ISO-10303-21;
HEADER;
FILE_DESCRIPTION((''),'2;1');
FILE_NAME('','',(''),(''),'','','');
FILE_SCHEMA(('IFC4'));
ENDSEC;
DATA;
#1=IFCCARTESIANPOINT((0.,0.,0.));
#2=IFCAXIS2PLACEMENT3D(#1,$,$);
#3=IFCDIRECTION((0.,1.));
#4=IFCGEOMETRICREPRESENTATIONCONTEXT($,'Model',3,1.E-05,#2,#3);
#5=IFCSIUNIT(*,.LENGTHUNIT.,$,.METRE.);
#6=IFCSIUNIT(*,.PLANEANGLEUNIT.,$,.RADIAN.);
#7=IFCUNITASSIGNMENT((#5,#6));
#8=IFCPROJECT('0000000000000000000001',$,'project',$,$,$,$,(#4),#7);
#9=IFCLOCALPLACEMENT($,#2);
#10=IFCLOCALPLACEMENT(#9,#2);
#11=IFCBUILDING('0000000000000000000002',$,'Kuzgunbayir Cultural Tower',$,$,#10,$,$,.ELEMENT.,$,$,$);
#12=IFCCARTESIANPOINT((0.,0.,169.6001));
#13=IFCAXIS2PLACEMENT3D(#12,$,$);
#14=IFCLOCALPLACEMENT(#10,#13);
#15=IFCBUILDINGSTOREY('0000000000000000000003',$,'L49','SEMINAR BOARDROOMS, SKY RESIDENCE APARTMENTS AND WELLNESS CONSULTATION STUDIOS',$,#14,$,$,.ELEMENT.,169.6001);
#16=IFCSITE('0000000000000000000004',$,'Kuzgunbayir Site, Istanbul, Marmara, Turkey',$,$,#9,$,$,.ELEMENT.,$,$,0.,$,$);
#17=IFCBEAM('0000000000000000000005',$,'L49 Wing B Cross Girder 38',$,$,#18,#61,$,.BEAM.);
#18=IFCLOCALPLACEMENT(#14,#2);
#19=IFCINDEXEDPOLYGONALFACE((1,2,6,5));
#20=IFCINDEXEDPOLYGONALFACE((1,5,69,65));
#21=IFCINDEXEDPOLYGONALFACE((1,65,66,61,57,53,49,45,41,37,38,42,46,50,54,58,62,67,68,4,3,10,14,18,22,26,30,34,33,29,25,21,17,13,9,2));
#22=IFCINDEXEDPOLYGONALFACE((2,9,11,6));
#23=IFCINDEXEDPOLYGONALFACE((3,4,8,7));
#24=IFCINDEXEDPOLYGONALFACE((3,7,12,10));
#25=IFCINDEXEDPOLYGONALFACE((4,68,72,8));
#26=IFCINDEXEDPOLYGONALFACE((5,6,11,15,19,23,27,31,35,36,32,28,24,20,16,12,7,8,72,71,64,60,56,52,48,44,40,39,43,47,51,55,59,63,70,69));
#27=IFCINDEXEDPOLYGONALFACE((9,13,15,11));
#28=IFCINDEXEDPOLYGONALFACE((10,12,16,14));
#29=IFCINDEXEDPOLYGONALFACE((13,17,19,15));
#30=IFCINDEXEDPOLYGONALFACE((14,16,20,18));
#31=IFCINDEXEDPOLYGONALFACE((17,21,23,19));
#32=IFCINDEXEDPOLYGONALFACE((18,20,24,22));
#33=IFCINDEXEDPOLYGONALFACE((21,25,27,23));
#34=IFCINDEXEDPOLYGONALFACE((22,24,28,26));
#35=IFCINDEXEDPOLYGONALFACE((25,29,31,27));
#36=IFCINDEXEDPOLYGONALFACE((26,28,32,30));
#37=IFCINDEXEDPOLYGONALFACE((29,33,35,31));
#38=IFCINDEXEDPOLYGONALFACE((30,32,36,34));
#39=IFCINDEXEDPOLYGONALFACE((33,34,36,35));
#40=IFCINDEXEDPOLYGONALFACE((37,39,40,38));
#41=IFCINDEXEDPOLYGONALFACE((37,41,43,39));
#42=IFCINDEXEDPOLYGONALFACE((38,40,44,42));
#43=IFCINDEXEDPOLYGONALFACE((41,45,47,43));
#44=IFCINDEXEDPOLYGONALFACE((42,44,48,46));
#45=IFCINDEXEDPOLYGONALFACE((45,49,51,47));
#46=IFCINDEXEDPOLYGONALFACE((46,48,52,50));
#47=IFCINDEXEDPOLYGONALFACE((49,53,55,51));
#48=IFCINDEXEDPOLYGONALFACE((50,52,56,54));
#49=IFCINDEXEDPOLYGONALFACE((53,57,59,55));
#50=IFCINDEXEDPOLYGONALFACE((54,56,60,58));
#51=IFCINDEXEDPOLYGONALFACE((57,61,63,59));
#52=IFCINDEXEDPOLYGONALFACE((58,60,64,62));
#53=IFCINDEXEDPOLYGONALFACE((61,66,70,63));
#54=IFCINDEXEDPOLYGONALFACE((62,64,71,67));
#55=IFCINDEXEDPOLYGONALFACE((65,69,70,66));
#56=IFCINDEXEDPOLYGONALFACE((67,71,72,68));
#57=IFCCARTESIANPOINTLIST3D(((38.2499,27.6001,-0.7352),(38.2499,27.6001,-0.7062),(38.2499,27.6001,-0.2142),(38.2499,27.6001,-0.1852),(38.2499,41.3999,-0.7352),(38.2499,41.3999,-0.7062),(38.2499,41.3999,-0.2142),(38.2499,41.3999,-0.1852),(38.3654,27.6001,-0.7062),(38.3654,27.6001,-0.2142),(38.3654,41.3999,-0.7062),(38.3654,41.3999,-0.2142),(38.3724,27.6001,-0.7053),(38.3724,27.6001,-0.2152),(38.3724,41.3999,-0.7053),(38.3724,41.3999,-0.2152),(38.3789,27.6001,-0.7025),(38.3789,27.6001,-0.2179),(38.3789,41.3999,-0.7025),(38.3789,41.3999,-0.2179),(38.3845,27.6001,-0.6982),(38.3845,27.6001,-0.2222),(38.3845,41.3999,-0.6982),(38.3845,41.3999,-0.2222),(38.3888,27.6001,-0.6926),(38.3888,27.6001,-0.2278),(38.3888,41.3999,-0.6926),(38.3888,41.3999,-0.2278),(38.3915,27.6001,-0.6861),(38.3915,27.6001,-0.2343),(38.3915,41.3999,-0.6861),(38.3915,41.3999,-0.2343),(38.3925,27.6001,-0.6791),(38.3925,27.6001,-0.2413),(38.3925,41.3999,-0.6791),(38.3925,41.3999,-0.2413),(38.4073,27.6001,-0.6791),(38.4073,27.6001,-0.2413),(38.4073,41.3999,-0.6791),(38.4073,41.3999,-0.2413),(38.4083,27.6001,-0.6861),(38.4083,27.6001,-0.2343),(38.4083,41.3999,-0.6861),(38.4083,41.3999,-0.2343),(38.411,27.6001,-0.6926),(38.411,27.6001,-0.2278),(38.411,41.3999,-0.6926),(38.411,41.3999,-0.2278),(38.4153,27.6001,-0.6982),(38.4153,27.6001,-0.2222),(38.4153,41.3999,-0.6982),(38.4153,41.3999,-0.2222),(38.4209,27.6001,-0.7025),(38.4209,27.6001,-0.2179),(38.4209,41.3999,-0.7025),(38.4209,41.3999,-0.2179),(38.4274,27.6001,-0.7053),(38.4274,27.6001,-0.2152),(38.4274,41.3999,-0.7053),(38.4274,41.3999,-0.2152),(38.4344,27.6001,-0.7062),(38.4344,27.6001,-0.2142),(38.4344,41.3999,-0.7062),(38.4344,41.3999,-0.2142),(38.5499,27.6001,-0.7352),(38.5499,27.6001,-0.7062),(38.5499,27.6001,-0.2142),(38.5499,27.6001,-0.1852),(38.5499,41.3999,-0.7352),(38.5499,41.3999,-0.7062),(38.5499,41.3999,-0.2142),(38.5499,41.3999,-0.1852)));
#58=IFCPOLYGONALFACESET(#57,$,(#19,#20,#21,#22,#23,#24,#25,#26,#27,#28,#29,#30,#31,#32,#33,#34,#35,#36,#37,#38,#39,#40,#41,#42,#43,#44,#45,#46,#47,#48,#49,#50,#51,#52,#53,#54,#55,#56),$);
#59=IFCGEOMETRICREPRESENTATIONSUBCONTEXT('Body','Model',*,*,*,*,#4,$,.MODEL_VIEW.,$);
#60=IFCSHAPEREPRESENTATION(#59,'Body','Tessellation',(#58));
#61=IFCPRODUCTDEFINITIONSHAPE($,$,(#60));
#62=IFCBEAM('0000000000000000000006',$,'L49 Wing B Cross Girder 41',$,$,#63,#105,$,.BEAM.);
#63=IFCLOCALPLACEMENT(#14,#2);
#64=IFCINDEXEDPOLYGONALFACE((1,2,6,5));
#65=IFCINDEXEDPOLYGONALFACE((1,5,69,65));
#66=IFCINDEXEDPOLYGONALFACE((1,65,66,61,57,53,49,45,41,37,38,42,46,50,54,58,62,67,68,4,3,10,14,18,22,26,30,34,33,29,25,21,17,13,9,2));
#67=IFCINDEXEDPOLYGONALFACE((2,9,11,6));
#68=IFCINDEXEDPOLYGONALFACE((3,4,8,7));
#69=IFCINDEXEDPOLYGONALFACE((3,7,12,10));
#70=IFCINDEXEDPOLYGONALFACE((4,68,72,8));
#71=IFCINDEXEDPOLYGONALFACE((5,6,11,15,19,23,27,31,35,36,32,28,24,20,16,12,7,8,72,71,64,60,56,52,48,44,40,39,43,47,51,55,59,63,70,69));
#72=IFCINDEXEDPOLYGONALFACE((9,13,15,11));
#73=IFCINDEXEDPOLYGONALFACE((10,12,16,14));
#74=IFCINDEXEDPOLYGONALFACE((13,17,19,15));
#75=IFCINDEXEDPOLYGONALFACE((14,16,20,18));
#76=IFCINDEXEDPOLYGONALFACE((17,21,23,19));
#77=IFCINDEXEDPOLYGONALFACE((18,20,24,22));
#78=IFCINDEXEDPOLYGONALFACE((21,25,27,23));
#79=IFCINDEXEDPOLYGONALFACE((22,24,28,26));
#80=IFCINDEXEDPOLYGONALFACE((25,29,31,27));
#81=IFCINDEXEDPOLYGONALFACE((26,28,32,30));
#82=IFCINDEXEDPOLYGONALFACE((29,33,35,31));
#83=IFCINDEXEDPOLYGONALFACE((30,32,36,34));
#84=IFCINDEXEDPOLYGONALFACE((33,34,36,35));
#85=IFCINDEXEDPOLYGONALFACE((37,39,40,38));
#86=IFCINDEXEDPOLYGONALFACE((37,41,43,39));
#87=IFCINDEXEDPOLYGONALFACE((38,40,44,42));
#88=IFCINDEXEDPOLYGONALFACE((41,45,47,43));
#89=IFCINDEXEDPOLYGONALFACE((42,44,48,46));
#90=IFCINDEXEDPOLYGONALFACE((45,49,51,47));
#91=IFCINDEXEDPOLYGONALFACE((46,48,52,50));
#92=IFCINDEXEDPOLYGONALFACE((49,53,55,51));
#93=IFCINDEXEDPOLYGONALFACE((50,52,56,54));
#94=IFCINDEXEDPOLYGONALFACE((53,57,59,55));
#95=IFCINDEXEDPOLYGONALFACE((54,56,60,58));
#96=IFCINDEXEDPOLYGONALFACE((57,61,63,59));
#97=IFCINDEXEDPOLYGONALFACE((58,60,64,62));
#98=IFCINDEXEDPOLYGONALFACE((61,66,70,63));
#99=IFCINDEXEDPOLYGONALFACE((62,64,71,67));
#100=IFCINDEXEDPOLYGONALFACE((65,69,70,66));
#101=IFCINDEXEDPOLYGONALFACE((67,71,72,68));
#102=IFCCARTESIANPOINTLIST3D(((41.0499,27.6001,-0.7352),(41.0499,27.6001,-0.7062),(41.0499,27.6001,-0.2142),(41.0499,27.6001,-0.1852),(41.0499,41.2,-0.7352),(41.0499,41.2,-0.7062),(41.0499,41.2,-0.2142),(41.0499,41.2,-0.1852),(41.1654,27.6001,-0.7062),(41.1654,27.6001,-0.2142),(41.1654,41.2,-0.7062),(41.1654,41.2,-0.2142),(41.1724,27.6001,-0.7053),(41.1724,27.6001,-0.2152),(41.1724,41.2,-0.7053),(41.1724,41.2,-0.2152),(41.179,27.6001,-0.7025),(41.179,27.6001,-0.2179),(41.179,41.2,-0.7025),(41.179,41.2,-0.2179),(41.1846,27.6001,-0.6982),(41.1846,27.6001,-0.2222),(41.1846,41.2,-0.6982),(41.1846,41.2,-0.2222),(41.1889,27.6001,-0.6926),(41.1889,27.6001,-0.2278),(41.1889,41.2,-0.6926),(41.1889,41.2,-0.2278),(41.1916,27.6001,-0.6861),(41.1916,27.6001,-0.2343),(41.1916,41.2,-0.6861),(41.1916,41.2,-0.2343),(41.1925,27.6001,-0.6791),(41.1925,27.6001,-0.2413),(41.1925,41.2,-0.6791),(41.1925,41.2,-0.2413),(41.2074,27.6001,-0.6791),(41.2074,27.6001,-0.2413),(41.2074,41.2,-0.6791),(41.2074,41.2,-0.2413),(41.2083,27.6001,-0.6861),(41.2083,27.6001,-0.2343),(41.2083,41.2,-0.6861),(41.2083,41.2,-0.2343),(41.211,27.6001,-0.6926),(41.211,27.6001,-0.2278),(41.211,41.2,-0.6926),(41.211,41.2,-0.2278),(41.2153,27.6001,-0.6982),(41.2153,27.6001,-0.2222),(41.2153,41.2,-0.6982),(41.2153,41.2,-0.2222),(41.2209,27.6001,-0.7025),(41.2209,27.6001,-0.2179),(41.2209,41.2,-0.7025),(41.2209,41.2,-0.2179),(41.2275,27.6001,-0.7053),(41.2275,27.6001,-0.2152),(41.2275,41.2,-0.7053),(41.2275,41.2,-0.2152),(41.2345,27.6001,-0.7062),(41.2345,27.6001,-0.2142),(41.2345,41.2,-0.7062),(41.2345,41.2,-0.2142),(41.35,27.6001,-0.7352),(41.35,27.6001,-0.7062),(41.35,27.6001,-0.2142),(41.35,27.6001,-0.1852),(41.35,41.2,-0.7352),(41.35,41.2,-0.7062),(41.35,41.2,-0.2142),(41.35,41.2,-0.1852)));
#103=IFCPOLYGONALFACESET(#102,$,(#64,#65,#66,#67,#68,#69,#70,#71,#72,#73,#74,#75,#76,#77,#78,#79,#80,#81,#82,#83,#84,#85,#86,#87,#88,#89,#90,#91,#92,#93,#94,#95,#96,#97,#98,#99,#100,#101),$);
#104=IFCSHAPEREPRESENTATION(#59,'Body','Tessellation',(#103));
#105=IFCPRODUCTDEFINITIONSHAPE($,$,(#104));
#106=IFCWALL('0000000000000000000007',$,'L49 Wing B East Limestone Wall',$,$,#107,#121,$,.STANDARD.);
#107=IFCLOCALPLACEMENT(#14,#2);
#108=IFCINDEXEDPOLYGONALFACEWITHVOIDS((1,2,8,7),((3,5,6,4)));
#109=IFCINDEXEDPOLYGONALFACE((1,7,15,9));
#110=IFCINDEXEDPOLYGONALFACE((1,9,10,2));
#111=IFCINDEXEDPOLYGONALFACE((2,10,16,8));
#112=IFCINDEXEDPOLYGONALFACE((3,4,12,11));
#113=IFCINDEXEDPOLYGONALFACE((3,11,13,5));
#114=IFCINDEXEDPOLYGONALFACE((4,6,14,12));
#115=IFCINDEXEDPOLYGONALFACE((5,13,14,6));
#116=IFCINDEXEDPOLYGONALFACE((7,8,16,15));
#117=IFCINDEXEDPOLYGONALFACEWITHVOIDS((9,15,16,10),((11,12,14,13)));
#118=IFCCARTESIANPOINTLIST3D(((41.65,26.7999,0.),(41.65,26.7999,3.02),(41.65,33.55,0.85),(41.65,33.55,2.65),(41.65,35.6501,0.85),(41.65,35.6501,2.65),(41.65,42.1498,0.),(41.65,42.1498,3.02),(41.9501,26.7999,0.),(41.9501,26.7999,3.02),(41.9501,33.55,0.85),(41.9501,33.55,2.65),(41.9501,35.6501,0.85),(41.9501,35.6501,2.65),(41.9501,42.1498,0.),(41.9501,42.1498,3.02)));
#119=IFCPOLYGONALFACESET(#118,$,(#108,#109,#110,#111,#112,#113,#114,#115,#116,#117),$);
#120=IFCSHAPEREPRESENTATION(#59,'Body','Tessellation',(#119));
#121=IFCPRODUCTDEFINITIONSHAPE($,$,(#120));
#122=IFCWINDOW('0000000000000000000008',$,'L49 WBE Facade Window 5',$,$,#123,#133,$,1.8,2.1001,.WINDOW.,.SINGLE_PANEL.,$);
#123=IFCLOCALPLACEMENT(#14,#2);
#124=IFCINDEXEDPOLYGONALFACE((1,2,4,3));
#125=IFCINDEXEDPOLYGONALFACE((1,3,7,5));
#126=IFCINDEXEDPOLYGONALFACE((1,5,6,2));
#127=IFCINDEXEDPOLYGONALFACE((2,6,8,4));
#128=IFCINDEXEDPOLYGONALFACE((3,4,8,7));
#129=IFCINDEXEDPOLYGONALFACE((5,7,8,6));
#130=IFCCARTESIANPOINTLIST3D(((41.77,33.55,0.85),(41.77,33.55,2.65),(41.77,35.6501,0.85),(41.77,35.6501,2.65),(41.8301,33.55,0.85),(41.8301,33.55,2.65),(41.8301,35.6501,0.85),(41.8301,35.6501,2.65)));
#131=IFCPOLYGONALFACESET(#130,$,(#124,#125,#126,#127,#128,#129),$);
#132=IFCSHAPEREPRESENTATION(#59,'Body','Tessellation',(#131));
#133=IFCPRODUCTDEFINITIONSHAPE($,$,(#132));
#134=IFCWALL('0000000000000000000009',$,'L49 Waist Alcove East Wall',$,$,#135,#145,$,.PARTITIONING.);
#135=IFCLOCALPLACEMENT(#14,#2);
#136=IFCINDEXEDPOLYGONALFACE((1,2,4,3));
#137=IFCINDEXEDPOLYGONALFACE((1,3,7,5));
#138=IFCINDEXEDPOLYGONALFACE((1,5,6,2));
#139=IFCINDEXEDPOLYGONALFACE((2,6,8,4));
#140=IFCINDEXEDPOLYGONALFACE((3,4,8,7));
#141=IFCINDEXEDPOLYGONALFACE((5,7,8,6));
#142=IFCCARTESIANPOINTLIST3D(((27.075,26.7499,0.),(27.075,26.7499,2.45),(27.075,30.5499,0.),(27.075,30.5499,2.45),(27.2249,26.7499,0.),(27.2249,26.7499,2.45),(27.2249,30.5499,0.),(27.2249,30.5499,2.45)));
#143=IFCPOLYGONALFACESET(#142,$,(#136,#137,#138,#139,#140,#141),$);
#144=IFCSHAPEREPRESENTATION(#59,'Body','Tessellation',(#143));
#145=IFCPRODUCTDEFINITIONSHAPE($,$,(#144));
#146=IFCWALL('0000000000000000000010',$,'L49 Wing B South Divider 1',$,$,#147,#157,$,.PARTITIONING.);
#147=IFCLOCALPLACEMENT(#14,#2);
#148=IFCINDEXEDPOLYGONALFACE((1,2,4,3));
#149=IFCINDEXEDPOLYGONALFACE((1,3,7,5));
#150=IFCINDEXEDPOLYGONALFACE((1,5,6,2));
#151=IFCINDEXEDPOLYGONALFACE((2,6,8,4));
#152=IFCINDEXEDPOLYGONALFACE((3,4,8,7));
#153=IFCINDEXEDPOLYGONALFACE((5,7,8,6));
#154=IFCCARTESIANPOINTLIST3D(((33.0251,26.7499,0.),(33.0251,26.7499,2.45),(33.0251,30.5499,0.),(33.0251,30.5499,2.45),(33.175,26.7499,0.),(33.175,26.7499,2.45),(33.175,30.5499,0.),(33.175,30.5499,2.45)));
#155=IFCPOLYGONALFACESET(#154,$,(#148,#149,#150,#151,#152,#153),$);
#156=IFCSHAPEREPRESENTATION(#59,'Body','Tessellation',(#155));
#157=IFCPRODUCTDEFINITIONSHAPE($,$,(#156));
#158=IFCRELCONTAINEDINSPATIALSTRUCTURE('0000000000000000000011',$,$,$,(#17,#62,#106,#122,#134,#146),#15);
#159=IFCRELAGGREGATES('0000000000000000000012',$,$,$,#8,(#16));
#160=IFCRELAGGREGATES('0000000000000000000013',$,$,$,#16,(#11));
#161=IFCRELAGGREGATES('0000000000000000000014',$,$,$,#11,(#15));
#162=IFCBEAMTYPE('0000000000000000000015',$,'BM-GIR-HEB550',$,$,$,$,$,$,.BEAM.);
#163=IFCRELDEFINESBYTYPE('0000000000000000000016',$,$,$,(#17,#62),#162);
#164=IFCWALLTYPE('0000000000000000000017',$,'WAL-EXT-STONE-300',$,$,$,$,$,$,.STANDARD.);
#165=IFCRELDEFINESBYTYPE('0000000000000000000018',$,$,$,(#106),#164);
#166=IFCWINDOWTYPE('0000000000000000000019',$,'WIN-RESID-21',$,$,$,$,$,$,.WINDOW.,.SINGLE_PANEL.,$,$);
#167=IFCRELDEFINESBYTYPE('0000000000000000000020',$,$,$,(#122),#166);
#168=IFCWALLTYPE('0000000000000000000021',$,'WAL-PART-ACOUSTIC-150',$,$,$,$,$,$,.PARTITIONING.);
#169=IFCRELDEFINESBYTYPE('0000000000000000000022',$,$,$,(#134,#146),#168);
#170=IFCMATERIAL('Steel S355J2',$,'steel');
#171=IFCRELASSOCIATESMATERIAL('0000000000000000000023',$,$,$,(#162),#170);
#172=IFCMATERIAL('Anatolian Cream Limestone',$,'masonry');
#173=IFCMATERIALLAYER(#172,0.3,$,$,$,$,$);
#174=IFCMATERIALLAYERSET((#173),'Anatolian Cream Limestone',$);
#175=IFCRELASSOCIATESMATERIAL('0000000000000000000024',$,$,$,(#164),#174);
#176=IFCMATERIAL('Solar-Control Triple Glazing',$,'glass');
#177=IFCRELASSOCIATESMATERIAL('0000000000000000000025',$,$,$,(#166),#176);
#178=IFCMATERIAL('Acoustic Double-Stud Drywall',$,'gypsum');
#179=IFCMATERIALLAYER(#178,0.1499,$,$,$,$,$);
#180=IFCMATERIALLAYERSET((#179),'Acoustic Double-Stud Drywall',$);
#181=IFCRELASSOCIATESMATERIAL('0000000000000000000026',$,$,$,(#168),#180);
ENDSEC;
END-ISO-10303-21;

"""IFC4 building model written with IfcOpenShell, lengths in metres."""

from ifc_helpers import new_model, si_unit, direction, frame, frame_2d, origin, origin_2d, place, context, subcontext, project, spatial, rectangle, i_section, extrude, material, layer, layer_set, material_profile, profile_set, type_object, element, fill, save


model = new_model("IFC4")

# Units and contexts
model_context = context("Model", 3, precision=1e-05, world=origin(), true_north=direction((0.0, 1.0)))
body_context = subcontext(model_context, "Body", "Model", "MODEL_VIEW")
ifc_project = project(units=[si_unit("LENGTHUNIT", "METRE"), si_unit("PLANEANGLEUNIT", "RADIAN")], contexts=[model_context])

# Site, building, storey
site_placement = place(None, origin())
site = spatial("IfcSite", under=ifc_project, at=site_placement, Name="Kuzgunbayir Site, Istanbul, Marmara, Turkey", CompositionType="ELEMENT", RefElevation=0.0)
building_placement = place(site_placement, origin())
building = spatial("IfcBuilding", under=site, at=building_placement, Name="Kuzgunbayir Cultural Tower", CompositionType="ELEMENT")
storey_placement = place(building_placement, frame((0.0, 0.0, 169.6001)))
storey = spatial("IfcBuildingStorey", under=building, at=storey_placement, Name="L49", Description="SEMINAR BOARDROOMS, SKY RESIDENCE APARTMENTS AND WELLNESS CONSULTATION STUDIOS", CompositionType="ELEMENT", Elevation=169.6001)

# Beams
ifc_material_1 = material(Name="Steel S355J2", Category="steel")
ifc_material_profile_1 = material_profile(ifc_material_1, i_section(OverallWidth=0.3, OverallDepth=0.55, WebThickness=0.0149, FlangeThickness=0.0291, FilletRadius=0.0271, at=origin_2d()), Name="HEB 550")
ifc_profile_set_1 = profile_set([ifc_material_profile_1], Name="Steel S355J2")
beam_type_1 = type_object("IfcBeamType", Name="BM-GIR-HEB550", PredefinedType="BEAM", material=ifc_profile_set_1)
beam_1_placement = place(storey_placement, frame((38.3999, 27.6001, -0.4602), z_axis=(0.0, 1.0, 0.0), x_axis=(-1.0, 0.0, 0.0)))
element("IfcBeam", 1, at=beam_1_placement, inside=storey, type_object=beam_type_1, Name="L49 Wing B Cross Girder 38", PredefinedType="BEAM", context=body_context, shape_type="SweptSolid", body=[
    extrude(i_section(OverallWidth=0.3, OverallDepth=0.55, WebThickness=0.0149, FlangeThickness=0.0291, FilletRadius=0.0271, at=origin_2d()), origin(), (0.0, 0.0, 1.0), 13.7998),
])
beam_2_placement = place(storey_placement, frame((41.2, 27.6001, -0.4602), z_axis=(0.0, 1.0, 0.0), x_axis=(-1.0, 0.0, 0.0)))
element("IfcBeam", 2, at=beam_2_placement, inside=storey, type_object=beam_type_1, Name="L49 Wing B Cross Girder 41", PredefinedType="BEAM", context=body_context, shape_type="SweptSolid", body=[
    extrude(i_section(OverallWidth=0.3, OverallDepth=0.55, WebThickness=0.0149, FlangeThickness=0.0291, FilletRadius=0.0271, at=origin_2d()), origin(), (0.0, 0.0, 1.0), 13.5999),
])

# Wall, opening, window
ifc_material_2 = material(Name="Anatolian Cream Limestone", Category="masonry")
ifc_layer_1 = layer(ifc_material_2, 0.3)
ifc_layer_set_1 = layer_set([ifc_layer_1], Name="Anatolian Cream Limestone")
wall_type_1 = type_object("IfcWallType", Name="WAL-EXT-STONE-300", PredefinedType="STANDARD", material=ifc_layer_set_1)
wall_1_placement = place(storey_placement, frame((41.8, 26.8, 0.0), z_axis=(0.0, 0.0, 1.0), x_axis=(0.0, 1.0, 0.0)))
wall_1 = element("IfcWall", 3, at=wall_1_placement, inside=storey, type_object=wall_type_1, Name="L49 Wing B East Limestone Wall", PredefinedType="STANDARD", context=body_context, shape_type="SweptSolid", body=[
    extrude(rectangle(XDim=15.3499, YDim=0.3, at=frame_2d((7.6748, 0.0))), origin(), (0.0, 0.0, 1.0), 3.02),
])
opening_1_placement = place(wall_1_placement, frame((6.75, 0.0, 0.8501)))
opening_1 = element("IfcOpeningElement", 4, at=opening_1_placement, cuts=wall_1, PredefinedType="OPENING", context=body_context, shape_type="SweptSolid", body=[
    extrude(rectangle(XDim=2.1001, YDim=1.8, at=frame_2d((1.05, 0.8999))), frame((0.0, 0.1602, 0.0), z_axis=(0.0, -1.0, 0.0), x_axis=(1.0, 0.0, 0.0)), (0.0, 0.0, 1.0), 0.3201),
])
ifc_material_3 = material(Name="Solar-Control Triple Glazing", Category="glass")
window_type = type_object("IfcWindowType", Name="WIN-RESID-21", PartitioningType="SINGLE_PANEL", PredefinedType="WINDOW", material=ifc_material_3)
window_placement = place(opening_1_placement, origin())
window = element("IfcWindow", 5, at=window_placement, inside=storey, type_object=window_type, Name="L49 WBE Facade Window 5", OverallHeight=1.8, OverallWidth=2.1001, PartitioningType="SINGLE_PANEL", PredefinedType="WINDOW", context=body_context, shape_type="SweptSolid", body=[
    extrude(rectangle(XDim=2.1001, YDim=1.8, at=frame_2d((1.05, 0.8999))), frame((0.0, 0.03, 0.0), z_axis=(0.0, -1.0, 0.0), x_axis=(1.0, 0.0, 0.0)), (0.0, 0.0, 1.0), 0.0601),
])
fill(opening_1, window)

# Walls
ifc_material_4 = material(Name="Acoustic Double-Stud Drywall", Category="gypsum")
ifc_layer_2 = layer(ifc_material_4, 0.1499)
ifc_layer_set_2 = layer_set([ifc_layer_2], Name="Acoustic Double-Stud Drywall")
wall_type_2 = type_object("IfcWallType", Name="WAL-PART-ACOUSTIC-150", PredefinedType="PARTITIONING", material=ifc_layer_set_2)
for number, where, z_axis, x_axis, name in (
    (6, (27.1499, 26.75, 0.0), (0.0, 0.0, 1.0), (0.0, 1.0, 0.0), "L49 Waist Alcove East Wall"),
    (7, (33.1001, 26.75, 0.0), (0.0, 0.0, 1.0), (0.0, 1.0, 0.0), "L49 Wing B South Divider 1"),
):
    element("IfcWall", number, at=place(storey_placement, frame(where, z_axis=z_axis, x_axis=x_axis)), inside=storey, type_object=wall_type_2, Name=name, PredefinedType="PARTITIONING", context=body_context, shape_type="SweptSolid", body=[
        extrude(rectangle(XDim=3.8, YDim=0.1499, at=frame_2d((1.8999, 0.0))), origin(), (0.0, 0.0, 1.0), 2.45),
    ])

save(model, "model.ifc")
